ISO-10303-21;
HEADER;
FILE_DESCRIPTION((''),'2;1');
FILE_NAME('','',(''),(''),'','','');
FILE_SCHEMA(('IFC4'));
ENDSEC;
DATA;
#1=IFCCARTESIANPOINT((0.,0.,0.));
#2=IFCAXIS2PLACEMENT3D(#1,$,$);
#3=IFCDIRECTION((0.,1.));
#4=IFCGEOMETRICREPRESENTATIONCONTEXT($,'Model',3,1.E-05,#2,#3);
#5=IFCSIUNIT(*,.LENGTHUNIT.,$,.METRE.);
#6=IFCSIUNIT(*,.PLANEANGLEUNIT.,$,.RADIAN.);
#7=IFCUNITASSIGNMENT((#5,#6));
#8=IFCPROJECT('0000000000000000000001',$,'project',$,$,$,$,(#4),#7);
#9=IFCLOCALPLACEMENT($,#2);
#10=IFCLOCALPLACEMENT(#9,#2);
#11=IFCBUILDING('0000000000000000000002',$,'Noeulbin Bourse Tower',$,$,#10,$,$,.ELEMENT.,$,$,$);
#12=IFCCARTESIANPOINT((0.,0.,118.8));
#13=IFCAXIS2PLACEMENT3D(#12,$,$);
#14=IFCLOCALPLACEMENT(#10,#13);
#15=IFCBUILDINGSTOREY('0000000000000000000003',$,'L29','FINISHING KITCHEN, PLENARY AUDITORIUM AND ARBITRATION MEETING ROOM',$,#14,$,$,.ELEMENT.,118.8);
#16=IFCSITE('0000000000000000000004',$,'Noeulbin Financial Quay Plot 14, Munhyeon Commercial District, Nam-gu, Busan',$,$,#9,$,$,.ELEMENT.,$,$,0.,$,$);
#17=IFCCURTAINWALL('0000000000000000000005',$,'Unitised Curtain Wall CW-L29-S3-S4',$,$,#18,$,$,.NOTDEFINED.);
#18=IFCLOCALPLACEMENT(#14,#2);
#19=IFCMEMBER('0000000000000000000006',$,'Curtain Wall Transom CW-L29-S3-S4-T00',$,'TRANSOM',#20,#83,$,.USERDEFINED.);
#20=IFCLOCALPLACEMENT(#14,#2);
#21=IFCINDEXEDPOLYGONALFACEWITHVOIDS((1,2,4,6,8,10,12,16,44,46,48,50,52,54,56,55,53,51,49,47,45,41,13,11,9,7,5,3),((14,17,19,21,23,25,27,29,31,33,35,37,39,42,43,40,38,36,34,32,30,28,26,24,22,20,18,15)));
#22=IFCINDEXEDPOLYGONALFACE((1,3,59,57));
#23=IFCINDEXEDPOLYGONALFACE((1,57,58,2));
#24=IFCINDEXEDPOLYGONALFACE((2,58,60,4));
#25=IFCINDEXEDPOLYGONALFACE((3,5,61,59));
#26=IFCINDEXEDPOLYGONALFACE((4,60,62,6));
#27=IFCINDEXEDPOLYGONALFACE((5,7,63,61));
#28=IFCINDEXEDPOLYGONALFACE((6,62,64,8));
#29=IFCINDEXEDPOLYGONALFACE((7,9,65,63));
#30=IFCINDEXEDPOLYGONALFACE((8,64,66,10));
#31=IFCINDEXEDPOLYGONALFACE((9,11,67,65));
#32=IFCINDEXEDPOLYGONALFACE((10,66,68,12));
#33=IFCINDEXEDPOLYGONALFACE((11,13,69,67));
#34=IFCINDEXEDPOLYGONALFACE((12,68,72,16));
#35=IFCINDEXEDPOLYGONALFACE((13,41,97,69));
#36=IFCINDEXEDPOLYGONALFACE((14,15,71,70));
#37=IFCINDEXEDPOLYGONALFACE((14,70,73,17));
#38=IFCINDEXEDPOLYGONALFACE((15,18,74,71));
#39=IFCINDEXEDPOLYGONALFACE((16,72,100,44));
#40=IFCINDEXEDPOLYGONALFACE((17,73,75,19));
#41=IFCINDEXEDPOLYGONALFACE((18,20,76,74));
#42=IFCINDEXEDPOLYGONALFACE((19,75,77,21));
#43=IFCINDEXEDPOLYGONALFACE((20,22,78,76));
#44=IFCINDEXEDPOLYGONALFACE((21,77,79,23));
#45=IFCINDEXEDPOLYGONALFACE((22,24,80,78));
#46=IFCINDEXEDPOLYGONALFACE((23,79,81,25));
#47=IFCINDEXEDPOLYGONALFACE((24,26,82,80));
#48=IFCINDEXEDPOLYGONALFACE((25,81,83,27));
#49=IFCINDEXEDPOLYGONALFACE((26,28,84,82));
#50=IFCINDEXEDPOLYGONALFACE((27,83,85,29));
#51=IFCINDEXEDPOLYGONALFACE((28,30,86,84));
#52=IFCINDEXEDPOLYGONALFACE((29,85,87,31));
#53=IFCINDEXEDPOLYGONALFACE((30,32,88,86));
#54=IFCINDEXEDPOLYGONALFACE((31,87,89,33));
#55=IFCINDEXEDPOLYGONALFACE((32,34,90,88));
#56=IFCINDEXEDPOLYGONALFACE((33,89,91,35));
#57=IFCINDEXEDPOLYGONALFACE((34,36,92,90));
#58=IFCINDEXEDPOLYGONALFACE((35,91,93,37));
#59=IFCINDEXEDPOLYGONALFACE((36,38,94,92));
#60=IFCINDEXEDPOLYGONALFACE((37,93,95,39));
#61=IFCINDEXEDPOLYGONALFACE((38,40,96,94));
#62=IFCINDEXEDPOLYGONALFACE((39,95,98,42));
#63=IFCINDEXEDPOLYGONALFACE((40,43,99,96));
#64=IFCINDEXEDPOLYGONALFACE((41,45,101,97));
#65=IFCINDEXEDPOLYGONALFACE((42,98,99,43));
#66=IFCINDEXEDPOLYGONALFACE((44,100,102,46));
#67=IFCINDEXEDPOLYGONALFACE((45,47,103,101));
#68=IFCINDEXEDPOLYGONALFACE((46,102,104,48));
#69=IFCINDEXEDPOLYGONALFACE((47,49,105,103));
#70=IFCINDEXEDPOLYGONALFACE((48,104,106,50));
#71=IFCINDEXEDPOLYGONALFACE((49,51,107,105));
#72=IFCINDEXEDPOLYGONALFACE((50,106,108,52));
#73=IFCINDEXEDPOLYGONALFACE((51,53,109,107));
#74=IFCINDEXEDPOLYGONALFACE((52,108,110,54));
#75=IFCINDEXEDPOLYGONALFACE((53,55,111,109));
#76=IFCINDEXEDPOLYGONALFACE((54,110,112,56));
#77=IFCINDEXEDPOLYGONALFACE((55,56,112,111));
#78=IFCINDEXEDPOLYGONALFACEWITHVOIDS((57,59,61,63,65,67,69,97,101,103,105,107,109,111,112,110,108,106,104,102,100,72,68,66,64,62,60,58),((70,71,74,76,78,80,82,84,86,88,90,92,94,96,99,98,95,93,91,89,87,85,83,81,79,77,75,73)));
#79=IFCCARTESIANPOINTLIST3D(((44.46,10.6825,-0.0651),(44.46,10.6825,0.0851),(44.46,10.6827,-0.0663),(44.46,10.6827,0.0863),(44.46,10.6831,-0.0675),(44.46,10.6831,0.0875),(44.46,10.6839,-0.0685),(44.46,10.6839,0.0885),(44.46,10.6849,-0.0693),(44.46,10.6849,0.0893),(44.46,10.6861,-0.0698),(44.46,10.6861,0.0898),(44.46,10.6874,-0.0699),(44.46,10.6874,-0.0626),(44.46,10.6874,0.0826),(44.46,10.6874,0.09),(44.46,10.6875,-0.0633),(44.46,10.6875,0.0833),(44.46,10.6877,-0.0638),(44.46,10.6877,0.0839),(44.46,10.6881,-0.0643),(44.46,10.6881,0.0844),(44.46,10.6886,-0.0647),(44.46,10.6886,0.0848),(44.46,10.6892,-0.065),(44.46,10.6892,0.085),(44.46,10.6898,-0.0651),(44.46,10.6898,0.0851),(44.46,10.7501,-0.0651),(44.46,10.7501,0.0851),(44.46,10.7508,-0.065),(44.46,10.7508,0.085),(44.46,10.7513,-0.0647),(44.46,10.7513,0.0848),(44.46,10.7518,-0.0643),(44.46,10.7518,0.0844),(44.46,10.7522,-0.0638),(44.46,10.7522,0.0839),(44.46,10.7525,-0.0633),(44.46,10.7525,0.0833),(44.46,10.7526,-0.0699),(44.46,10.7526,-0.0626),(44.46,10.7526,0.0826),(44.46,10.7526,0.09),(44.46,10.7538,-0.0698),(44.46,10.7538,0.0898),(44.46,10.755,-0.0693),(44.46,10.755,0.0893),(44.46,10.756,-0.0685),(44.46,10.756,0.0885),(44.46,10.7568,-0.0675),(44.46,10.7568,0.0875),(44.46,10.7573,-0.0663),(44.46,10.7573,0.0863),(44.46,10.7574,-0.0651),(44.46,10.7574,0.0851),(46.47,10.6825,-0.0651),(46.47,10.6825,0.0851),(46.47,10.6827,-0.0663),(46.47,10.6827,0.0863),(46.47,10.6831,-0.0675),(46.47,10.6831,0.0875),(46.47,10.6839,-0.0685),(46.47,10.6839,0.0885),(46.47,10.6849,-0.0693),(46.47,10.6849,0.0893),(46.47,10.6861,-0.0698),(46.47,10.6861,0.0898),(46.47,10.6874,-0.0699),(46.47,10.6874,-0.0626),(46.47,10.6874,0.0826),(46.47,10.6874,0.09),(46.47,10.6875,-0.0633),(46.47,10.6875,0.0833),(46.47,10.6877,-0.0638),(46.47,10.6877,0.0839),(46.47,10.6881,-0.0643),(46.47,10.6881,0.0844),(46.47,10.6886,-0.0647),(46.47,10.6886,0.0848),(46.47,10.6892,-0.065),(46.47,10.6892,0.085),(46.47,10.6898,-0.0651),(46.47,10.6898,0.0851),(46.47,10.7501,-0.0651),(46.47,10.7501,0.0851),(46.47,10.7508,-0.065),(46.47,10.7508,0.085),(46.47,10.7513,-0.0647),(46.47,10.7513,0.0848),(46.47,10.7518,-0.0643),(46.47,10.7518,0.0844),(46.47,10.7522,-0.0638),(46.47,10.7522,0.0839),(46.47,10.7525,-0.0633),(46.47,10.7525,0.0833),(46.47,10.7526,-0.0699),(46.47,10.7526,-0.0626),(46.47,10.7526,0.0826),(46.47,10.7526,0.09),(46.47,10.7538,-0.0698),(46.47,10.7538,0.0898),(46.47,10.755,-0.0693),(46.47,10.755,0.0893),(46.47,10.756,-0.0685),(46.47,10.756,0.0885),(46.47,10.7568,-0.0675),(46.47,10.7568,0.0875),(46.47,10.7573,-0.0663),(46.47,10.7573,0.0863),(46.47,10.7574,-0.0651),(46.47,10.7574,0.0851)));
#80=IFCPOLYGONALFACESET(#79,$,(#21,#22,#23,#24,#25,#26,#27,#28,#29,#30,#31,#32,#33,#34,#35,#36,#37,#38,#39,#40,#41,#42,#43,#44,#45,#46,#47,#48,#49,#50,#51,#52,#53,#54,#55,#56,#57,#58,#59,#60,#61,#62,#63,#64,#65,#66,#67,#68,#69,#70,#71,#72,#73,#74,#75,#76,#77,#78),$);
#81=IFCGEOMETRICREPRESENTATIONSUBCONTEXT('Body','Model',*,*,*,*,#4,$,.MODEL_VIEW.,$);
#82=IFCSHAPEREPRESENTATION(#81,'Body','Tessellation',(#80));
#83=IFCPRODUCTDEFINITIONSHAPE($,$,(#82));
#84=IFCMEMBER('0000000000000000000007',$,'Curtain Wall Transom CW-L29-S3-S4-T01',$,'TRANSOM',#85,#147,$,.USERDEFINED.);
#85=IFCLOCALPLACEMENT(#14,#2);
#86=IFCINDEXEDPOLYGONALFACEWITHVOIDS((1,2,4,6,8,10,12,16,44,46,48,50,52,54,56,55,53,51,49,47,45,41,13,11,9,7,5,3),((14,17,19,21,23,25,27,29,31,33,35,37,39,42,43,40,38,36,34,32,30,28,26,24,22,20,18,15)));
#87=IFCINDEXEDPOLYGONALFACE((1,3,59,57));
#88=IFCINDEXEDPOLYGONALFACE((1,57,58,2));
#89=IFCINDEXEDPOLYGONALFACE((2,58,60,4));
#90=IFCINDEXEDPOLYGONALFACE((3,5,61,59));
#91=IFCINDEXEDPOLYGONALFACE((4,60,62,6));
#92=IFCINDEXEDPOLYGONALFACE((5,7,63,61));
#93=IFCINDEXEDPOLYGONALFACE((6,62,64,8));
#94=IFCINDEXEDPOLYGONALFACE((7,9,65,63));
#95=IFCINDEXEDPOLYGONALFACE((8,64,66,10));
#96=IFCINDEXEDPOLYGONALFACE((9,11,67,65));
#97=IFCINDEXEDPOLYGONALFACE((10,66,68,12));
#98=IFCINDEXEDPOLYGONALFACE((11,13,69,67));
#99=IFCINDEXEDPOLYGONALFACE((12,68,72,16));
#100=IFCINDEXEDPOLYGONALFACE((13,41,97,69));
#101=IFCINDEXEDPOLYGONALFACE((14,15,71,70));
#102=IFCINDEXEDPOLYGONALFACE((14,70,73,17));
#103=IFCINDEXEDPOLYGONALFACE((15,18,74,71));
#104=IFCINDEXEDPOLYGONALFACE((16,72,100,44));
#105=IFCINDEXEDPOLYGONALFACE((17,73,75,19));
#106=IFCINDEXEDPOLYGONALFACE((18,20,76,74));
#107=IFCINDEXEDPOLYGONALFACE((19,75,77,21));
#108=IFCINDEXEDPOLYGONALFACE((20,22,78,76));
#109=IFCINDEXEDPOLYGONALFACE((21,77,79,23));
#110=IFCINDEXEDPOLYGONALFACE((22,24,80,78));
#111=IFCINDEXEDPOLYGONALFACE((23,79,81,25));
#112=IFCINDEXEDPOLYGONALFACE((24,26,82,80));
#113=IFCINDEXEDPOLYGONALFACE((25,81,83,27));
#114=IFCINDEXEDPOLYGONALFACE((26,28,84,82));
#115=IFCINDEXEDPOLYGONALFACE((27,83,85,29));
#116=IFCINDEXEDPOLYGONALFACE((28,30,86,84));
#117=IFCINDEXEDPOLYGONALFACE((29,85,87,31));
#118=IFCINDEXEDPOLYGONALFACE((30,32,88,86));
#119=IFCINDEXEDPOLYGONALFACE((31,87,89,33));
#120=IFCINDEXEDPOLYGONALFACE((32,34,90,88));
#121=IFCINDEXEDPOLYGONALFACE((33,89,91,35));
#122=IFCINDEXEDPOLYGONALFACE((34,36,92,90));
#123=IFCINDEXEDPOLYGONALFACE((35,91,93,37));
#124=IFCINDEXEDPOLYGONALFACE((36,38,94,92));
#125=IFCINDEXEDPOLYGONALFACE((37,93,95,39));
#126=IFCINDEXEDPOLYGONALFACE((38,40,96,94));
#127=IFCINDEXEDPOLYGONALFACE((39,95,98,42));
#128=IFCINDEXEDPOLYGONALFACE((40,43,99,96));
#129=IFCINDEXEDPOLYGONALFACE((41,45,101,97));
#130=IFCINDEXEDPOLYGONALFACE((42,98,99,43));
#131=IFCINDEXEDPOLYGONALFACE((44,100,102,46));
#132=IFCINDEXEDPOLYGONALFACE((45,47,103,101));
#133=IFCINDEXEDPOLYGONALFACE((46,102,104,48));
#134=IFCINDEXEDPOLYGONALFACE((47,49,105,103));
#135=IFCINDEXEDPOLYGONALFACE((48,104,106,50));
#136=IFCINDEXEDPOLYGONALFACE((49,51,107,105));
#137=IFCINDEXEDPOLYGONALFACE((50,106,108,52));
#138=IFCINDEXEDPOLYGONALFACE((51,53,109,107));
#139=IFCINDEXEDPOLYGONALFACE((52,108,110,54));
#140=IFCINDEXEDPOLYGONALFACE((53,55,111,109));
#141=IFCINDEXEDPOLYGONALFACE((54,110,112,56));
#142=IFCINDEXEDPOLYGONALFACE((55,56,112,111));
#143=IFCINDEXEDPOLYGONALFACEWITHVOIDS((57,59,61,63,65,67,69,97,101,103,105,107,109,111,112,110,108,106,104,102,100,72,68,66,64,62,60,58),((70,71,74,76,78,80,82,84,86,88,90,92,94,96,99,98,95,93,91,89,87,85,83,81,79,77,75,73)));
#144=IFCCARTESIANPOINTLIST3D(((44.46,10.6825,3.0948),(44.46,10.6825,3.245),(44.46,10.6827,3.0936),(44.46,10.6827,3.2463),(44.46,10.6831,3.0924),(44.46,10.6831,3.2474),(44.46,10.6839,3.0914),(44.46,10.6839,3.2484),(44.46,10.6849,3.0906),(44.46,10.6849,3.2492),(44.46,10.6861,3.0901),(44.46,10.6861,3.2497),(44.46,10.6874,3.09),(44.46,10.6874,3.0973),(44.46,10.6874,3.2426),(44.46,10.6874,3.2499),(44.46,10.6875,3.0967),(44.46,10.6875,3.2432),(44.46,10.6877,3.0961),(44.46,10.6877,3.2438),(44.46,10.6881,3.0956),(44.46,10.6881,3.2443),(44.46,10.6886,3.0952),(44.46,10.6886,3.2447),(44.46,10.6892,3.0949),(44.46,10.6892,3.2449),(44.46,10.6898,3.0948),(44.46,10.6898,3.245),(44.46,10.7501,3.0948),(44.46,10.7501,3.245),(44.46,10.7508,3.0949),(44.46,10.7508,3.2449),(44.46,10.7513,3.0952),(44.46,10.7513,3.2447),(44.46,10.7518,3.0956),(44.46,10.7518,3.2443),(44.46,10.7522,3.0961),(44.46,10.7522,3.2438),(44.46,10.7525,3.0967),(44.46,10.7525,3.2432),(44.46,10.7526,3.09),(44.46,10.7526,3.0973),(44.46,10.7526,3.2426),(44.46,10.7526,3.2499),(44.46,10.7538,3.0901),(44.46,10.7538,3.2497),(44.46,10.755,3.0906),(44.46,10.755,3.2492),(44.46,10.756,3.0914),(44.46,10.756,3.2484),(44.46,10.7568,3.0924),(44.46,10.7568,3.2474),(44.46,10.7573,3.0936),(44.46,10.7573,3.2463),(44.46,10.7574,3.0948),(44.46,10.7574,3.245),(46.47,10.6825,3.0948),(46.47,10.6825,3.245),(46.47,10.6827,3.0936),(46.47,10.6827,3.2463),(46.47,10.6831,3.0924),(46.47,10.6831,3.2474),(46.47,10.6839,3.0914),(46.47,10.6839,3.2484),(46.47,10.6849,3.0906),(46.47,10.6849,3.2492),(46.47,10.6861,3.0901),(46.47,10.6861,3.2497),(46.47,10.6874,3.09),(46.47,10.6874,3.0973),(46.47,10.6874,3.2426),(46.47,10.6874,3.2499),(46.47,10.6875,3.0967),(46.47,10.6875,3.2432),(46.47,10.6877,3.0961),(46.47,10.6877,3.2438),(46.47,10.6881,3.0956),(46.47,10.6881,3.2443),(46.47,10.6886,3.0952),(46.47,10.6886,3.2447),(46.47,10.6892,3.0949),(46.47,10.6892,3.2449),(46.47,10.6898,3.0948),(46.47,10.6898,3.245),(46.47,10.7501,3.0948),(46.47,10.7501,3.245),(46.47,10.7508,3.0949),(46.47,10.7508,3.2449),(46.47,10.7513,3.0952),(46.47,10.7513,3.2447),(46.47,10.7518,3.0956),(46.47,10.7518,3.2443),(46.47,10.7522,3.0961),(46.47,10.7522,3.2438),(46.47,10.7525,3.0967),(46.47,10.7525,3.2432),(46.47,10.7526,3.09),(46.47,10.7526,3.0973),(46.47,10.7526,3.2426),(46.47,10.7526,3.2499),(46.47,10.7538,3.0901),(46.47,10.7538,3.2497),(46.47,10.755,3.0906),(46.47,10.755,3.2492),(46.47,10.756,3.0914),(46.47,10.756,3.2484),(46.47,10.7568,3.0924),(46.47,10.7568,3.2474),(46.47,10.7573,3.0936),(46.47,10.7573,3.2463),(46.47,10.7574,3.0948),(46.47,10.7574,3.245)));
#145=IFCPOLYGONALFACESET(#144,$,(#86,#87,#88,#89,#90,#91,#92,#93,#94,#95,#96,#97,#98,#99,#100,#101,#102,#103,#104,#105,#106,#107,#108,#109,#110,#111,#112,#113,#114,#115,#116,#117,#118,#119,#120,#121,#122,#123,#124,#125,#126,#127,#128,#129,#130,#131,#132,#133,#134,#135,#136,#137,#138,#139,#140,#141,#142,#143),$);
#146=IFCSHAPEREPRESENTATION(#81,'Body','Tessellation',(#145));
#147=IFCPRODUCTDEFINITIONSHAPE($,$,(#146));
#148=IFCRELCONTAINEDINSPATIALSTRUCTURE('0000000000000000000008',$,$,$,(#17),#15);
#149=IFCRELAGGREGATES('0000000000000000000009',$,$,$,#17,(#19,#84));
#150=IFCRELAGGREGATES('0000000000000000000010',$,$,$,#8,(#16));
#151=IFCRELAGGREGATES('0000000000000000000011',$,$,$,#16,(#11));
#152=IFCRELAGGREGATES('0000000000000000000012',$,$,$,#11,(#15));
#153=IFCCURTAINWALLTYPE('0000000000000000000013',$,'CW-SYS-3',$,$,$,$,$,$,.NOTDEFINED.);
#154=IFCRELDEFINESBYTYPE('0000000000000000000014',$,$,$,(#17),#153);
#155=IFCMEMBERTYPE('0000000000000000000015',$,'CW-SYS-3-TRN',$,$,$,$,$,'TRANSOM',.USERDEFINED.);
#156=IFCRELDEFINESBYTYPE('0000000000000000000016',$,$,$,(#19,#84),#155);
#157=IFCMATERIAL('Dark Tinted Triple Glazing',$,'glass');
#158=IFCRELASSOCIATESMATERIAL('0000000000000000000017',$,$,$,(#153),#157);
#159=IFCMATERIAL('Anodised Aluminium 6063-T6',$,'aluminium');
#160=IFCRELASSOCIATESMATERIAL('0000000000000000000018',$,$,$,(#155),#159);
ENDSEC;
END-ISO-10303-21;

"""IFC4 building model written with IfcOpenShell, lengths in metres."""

from ifc_helpers import new_model, si_unit, direction, frame, origin, origin_2d, place, context, subcontext, project, spatial, hollow_rectangle, extrude, material, material_profile, profile_set, type_object, element, aggregate, save


model = new_model("IFC4")

# Units and contexts
model_context = context("Model", 3, precision=1e-05, world=origin(), true_north=direction((0.0, 1.0)))
body_context = subcontext(model_context, "Body", "Model", "MODEL_VIEW")
ifc_project = project(units=[si_unit("LENGTHUNIT", "METRE"), si_unit("PLANEANGLEUNIT", "RADIAN")], contexts=[model_context])

# Site, building, storey
site_placement = place(None, origin())
site = spatial("IfcSite", under=ifc_project, at=site_placement, Name="Noeulbin Financial Quay Plot 14, Munhyeon Commercial District, Nam-gu, Busan", CompositionType="ELEMENT", RefElevation=0.0)
building_placement = place(site_placement, origin())
building = spatial("IfcBuilding", under=site, at=building_placement, Name="Noeulbin Bourse Tower", CompositionType="ELEMENT")
storey_placement = place(building_placement, frame((0.0, 0.0, 118.8)))
storey = spatial("IfcBuildingStorey", under=building, at=storey_placement, Name="L29", Description="FINISHING KITCHEN, PLENARY AUDITORIUM AND ARBITRATION MEETING ROOM", CompositionType="ELEMENT", Elevation=118.8)

# Curtain wall
ifc_material_1 = material(Name="Dark Tinted Triple Glazing", Category="glass")
curtain_wall_type = type_object("IfcCurtainWallType", Name="CW-SYS-3", PredefinedType="NOTDEFINED", material=ifc_material_1)
curtain_wall_1_placement = place(storey_placement, origin())
curtain_wall_1 = element("IfcCurtainWall", 1, at=curtain_wall_1_placement, inside=storey, type_object=curtain_wall_type, Name="Unitised Curtain Wall CW-L29-S3-S4", PredefinedType="NOTDEFINED")
ifc_material_2 = material(Name="Anodised Aluminium 6063-T6", Category="aluminium")

# Members
ifc_material_profile_1 = material_profile(ifc_material_2, hollow_rectangle(XDim=0.075, YDim=0.1599, WallThickness=0.0049, InnerFilletRadius=0.0024, OuterFilletRadius=0.0049, at=origin_2d()), Name="ALU-TRAN-75x160x5", Category="LoadBearing")
ifc_profile_set_1 = profile_set([ifc_material_profile_1], Name="Anodised Aluminium 6063-T6")
member_type_1 = type_object("IfcMemberType", Name="CW-SYS-3-TRN", ElementType="TRANSOM", PredefinedType="USERDEFINED", material=ifc_profile_set_1)
member_1_placement = place(storey_placement, frame((44.46, 10.72, 0.01), z_axis=(1.0, 0.0, 0.0), x_axis=(0.0, 1.0, 0.0)))
member_1 = element("IfcMember", 2, at=member_1_placement, type_object=member_type_1, Name="Curtain Wall Transom CW-L29-S3-S4-T00", ObjectType="TRANSOM", PredefinedType="USERDEFINED", context=body_context, shape_type="SweptSolid", body=[
    extrude(hollow_rectangle(XDim=0.075, YDim=0.1599, WallThickness=0.0049, InnerFilletRadius=0.0024, OuterFilletRadius=0.0049, at=origin_2d()), origin(), (0.0, 0.0, 1.0), 2.01),
])
member_2_placement = place(storey_placement, frame((44.46, 10.72, 3.1699), z_axis=(1.0, 0.0, 0.0), x_axis=(0.0, 1.0, 0.0)))
member_2 = element("IfcMember", 3, at=member_2_placement, type_object=member_type_1, Name="Curtain Wall Transom CW-L29-S3-S4-T01", ObjectType="TRANSOM", PredefinedType="USERDEFINED", context=body_context, shape_type="SweptSolid", body=[
    extrude(hollow_rectangle(XDim=0.075, YDim=0.1599, WallThickness=0.0049, InnerFilletRadius=0.0024, OuterFilletRadius=0.0049, at=origin_2d()), origin(), (0.0, 0.0, 1.0), 2.01),
])

aggregate(curtain_wall_1, [member_1, member_2])

save(model, "model.ifc")
